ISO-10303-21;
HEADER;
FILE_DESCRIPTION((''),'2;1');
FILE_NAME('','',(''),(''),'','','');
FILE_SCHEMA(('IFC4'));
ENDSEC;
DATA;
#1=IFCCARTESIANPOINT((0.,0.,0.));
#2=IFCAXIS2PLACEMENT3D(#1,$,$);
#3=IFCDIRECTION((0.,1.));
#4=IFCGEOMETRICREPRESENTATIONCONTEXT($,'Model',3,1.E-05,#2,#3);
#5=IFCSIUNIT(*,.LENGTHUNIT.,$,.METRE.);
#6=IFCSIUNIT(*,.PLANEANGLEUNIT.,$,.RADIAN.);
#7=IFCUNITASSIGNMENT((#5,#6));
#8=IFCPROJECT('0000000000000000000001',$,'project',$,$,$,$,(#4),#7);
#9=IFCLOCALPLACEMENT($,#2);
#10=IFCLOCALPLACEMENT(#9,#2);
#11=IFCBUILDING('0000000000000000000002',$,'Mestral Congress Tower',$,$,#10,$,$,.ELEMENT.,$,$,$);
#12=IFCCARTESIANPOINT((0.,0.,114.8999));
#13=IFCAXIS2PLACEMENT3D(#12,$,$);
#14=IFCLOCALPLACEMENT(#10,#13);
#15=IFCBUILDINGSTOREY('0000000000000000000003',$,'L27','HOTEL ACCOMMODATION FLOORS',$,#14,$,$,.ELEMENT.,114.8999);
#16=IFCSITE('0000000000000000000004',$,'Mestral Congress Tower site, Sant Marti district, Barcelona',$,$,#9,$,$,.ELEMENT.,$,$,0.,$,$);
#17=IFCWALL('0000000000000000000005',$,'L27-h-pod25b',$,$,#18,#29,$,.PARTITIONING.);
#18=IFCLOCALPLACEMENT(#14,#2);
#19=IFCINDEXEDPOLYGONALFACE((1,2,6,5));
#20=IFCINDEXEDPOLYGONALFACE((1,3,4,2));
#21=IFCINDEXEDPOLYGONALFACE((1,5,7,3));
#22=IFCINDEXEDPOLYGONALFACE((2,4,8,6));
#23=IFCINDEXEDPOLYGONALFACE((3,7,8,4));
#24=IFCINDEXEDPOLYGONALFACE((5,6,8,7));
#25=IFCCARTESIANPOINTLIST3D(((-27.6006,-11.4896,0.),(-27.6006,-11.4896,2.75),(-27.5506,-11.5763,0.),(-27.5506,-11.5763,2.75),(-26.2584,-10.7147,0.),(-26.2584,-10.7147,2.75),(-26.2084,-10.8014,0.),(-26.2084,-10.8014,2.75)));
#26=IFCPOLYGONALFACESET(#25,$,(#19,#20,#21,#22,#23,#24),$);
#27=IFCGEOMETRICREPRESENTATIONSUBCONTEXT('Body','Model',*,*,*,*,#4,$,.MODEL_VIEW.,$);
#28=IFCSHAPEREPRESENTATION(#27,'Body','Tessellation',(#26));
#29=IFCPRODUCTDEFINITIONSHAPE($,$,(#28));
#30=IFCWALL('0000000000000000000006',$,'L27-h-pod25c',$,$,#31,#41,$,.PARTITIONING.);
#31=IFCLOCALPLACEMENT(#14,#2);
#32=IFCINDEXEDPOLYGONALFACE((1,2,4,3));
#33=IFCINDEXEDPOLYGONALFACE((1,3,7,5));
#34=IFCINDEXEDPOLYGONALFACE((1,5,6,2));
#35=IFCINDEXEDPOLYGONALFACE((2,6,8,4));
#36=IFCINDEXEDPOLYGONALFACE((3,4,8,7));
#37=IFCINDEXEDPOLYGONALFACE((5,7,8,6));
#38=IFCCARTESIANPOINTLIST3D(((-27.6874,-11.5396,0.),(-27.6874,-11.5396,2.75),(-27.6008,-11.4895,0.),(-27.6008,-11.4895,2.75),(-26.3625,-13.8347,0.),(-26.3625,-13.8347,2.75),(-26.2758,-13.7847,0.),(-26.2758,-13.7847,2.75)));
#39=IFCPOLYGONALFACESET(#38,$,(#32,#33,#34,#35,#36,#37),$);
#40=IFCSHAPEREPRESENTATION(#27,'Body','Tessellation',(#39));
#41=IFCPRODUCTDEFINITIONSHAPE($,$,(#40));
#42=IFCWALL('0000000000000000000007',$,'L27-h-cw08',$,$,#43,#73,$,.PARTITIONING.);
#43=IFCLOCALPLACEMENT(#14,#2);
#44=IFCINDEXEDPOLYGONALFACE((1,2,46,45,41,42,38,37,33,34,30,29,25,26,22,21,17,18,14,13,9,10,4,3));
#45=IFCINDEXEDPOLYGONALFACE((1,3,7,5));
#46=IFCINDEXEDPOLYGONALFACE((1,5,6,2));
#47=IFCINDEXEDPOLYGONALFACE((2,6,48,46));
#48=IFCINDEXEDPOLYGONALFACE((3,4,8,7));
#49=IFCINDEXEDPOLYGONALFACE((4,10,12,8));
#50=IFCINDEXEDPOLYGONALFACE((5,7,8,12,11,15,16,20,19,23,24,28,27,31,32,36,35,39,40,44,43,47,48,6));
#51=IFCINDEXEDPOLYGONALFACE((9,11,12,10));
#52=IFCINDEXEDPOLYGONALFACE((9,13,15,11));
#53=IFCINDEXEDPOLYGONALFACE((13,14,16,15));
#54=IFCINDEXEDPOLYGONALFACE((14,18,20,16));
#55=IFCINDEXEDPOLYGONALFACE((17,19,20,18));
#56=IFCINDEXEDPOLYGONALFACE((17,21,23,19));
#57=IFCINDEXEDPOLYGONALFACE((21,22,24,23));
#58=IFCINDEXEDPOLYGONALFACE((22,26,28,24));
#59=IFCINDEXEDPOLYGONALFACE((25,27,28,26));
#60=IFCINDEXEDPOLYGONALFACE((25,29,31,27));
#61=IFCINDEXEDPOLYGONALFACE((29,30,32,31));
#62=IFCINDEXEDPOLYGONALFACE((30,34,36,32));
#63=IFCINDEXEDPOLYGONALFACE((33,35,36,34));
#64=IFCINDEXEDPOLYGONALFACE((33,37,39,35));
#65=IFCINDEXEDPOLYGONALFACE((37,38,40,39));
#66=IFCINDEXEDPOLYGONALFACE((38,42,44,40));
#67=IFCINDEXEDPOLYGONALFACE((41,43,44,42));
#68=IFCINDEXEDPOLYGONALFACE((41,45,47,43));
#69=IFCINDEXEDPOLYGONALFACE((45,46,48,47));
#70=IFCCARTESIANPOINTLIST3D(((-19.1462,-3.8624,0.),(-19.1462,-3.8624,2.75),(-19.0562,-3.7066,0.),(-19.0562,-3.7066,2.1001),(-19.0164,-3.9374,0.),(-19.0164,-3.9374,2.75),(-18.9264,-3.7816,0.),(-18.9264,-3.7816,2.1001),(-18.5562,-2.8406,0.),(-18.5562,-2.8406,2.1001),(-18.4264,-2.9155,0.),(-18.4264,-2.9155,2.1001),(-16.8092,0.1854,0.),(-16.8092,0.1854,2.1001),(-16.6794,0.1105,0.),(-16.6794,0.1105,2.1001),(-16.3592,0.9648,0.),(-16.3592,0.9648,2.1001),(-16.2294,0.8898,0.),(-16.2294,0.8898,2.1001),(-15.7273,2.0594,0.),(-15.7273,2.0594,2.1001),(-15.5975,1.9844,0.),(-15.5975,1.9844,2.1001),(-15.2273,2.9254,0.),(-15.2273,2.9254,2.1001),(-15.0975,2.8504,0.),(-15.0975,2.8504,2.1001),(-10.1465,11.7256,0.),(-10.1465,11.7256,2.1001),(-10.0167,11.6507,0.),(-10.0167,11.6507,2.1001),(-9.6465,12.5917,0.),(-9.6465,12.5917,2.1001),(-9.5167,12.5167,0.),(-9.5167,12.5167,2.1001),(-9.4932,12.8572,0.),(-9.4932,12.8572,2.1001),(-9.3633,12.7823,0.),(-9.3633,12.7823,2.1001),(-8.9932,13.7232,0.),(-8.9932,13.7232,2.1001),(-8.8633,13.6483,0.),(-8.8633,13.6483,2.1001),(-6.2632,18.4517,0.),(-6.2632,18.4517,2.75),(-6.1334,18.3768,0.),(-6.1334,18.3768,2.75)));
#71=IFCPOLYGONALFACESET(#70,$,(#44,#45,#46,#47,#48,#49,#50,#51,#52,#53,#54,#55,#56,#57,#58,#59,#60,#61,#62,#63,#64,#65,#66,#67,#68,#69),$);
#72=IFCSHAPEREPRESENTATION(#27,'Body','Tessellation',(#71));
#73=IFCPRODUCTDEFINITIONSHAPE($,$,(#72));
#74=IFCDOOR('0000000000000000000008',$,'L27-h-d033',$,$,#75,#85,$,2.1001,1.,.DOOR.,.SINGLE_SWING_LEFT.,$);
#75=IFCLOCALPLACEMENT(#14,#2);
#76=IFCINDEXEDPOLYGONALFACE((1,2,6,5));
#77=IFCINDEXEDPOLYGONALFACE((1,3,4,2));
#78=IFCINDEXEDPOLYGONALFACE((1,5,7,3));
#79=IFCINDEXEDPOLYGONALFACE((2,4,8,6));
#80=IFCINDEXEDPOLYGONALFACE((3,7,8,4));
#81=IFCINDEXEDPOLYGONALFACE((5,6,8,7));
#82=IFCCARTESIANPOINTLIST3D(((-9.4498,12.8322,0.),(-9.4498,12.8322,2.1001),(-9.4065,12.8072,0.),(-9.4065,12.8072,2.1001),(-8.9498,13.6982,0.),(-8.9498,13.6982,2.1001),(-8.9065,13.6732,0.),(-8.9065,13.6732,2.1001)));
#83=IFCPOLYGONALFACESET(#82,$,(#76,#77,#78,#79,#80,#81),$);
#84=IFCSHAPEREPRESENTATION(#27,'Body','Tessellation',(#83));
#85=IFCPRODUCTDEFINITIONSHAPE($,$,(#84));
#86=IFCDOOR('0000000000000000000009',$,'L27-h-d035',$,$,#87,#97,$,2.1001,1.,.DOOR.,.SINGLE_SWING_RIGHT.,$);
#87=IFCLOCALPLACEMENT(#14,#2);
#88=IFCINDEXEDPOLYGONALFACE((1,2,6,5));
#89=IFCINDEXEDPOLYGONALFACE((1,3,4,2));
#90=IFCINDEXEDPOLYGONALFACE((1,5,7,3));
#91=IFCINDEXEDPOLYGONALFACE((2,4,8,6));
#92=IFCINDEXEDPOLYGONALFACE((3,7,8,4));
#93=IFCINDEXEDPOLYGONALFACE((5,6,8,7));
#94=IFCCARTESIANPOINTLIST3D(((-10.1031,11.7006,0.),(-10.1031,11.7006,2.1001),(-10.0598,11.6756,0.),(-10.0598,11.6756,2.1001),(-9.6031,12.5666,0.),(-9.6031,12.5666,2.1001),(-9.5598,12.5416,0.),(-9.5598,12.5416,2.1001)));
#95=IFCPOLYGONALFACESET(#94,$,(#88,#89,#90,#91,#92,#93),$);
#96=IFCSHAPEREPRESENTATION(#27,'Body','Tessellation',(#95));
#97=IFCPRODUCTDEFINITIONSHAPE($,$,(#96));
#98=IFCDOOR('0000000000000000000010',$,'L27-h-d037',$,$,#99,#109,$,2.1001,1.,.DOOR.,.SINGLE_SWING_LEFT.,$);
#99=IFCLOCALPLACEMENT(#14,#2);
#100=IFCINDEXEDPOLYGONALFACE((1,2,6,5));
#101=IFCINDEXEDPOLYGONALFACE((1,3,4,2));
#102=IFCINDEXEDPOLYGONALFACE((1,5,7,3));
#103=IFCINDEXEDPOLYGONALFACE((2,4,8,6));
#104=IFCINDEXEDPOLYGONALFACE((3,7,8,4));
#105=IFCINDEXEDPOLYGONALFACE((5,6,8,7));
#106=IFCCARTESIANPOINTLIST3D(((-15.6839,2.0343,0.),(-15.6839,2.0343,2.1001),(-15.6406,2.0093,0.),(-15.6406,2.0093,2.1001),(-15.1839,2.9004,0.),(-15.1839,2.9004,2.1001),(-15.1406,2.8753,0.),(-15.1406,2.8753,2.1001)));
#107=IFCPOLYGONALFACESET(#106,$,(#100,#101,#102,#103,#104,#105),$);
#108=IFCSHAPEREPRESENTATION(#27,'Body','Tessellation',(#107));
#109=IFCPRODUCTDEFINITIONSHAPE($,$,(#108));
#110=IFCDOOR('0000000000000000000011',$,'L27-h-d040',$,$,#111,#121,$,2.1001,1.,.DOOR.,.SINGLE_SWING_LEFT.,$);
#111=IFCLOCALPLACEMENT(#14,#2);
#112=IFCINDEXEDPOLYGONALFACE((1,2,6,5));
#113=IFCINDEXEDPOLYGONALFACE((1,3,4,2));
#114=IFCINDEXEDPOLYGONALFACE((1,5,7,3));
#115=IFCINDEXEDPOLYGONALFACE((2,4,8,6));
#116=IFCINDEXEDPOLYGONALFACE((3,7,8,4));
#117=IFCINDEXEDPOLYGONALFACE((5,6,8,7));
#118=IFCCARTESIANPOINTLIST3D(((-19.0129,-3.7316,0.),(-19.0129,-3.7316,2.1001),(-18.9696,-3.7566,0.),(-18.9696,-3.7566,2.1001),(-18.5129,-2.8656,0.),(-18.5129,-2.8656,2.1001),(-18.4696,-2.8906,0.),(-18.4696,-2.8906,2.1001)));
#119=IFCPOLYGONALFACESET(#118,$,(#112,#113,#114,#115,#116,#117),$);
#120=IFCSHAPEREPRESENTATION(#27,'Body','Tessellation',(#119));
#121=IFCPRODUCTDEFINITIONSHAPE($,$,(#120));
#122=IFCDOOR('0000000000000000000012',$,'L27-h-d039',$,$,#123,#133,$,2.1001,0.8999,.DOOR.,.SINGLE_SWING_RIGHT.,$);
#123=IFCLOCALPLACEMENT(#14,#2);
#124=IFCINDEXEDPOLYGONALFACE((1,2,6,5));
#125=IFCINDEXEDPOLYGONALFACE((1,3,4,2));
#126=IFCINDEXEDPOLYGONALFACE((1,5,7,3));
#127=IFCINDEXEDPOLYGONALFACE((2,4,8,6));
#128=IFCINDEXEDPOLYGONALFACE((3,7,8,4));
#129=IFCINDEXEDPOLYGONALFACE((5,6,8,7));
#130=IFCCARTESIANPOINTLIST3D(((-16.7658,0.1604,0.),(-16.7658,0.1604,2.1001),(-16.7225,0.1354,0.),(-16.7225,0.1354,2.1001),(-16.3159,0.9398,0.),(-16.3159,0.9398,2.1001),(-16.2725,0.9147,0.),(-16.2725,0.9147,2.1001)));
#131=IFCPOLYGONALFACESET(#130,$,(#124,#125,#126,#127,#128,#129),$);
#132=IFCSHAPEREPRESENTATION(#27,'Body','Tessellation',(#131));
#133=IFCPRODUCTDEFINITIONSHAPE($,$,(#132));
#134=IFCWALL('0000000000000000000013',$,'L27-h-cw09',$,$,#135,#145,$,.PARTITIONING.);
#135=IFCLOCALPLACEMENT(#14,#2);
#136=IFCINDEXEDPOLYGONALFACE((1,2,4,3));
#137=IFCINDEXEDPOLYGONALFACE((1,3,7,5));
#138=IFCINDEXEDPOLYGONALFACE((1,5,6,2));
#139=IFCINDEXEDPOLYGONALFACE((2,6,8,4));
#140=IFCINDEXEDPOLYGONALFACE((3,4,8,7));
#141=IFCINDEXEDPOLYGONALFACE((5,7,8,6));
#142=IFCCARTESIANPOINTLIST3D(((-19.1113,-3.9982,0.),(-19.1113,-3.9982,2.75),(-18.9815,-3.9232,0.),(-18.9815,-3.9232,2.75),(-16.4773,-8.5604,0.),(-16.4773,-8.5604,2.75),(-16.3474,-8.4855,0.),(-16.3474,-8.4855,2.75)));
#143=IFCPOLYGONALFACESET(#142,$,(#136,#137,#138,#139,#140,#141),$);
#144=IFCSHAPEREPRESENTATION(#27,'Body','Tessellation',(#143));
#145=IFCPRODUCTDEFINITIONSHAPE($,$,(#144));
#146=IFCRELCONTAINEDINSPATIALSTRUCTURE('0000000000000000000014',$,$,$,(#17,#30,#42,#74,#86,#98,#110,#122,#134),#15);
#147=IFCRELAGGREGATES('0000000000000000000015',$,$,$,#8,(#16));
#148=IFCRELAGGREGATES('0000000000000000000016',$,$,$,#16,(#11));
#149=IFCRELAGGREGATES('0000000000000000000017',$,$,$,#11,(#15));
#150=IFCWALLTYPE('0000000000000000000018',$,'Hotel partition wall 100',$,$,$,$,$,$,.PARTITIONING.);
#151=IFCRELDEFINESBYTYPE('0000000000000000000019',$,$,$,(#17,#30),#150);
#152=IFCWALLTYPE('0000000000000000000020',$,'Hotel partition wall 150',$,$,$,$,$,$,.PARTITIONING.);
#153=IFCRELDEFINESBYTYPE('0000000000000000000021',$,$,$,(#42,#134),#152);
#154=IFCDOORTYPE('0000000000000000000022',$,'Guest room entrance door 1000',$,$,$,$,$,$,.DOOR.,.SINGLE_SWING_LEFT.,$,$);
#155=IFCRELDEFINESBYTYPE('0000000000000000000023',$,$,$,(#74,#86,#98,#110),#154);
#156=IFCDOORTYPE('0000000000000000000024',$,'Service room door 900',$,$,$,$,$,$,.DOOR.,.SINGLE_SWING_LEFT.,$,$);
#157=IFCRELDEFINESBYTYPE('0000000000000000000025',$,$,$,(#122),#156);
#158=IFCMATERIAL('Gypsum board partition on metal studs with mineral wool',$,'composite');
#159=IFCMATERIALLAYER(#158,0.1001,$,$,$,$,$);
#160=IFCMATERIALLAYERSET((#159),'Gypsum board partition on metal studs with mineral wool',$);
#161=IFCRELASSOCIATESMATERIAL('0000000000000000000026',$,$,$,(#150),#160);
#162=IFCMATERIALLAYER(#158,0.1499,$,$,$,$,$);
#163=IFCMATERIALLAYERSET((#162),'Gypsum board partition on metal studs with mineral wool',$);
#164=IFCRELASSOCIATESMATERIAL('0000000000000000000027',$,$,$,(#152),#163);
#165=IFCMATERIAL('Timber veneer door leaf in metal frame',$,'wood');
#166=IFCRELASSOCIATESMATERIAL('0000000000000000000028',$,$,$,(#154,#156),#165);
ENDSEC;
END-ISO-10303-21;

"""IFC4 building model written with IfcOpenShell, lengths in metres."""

from ifc_helpers import new_model, si_unit, direction, frame, frame_2d, origin, place, context, subcontext, project, spatial, rectangle, extrude, material, layer, layer_set, type_object, element, fill, save


model = new_model("IFC4")

# Units and contexts
model_context = context("Model", 3, precision=1e-05, world=origin(), true_north=direction((0.0, 1.0)))
body_context = subcontext(model_context, "Body", "Model", "MODEL_VIEW")
ifc_project = project(units=[si_unit("LENGTHUNIT", "METRE"), si_unit("PLANEANGLEUNIT", "RADIAN")], contexts=[model_context])

# Site, building, storey
site_placement = place(None, origin())
site = spatial("IfcSite", under=ifc_project, at=site_placement, Name="Mestral Congress Tower site, Sant Marti district, Barcelona", CompositionType="ELEMENT", RefElevation=0.0)
building_placement = place(site_placement, origin())
building = spatial("IfcBuilding", under=site, at=building_placement, Name="Mestral Congress Tower", CompositionType="ELEMENT")
storey_placement = place(building_placement, frame((0.0, 0.0, 114.8999)))
storey = spatial("IfcBuildingStorey", under=building, at=storey_placement, Name="L27", Description="HOTEL ACCOMMODATION FLOORS", CompositionType="ELEMENT", Elevation=114.8999)

# Shared definitions
ifc_material_1 = material(Name="Gypsum board partition on metal studs with mineral wool", Category="composite")
ifc_layer_1 = layer(ifc_material_1, 0.1001)
ifc_layer_set_1 = layer_set([ifc_layer_1], Name="Gypsum board partition on metal studs with mineral wool")
wall_type_1 = type_object("IfcWallType", Name="Hotel partition wall 100", PredefinedType="PARTITIONING", material=ifc_layer_set_1)

# Walls
wall_1_placement = place(storey_placement, frame((-26.2334, -10.7581, 0.0), z_axis=(0.0, 0.0, 1.0), x_axis=(-0.866044, -0.499968, 0.0)))
element("IfcWall", 1, at=wall_1_placement, inside=storey, type_object=wall_type_1, Name="L27-h-pod25b", PredefinedType="PARTITIONING", context=body_context, shape_type="SweptSolid", body=[
    extrude(rectangle(XDim=1.5498, YDim=0.1001, at=frame_2d((0.7749, 0.0))), origin(), (0.0, 0.0, 1.0), 2.75),
])
wall_2_placement = place(storey_placement, frame((-26.3191, -13.8098, 0.0), z_axis=(0.0, 0.0, 1.0), x_axis=(-0.499954, 0.866052, 0.0)))
element("IfcWall", 2, at=wall_2_placement, inside=storey, type_object=wall_type_1, Name="L27-h-pod25c", PredefinedType="PARTITIONING", context=body_context, shape_type="SweptSolid", body=[
    extrude(rectangle(XDim=2.6501, YDim=0.1001, at=frame_2d((1.3252, 0.0))), origin(), (0.0, 0.0, 1.0), 2.75),
])

# Wall, openings, doors
ifc_layer_2 = layer(ifc_material_1, 0.1499)
ifc_layer_set_2 = layer_set([ifc_layer_2], Name="Gypsum board partition on metal studs with mineral wool")
wall_type_2 = type_object("IfcWallType", Name="Hotel partition wall 150", PredefinedType="PARTITIONING", material=ifc_layer_set_2)
wall_3_placement = place(storey_placement, frame((-19.0813, -3.8999, 0.0), z_axis=(0.0, 0.0, 1.0), x_axis=(0.499998, 0.866026, 0.0)))
wall_3 = element("IfcWall", 3, at=wall_3_placement, inside=storey, type_object=wall_type_2, Name="L27-h-cw08", PredefinedType="PARTITIONING", context=body_context, shape_type="SweptSolid", body=[
    extrude(rectangle(XDim=25.7661, YDim=0.1499, at=frame_2d((12.8831, 0.0))), origin(), (0.0, 0.0, 1.0), 2.75),
])
opening_1_placement = place(wall_3_placement, frame((19.3062, 0.0, 0.0)))
opening_1 = element("IfcOpeningElement", 4, at=opening_1_placement, cuts=wall_3, PredefinedType="OPENING", context=body_context, shape_type="SweptSolid", body=[
    extrude(rectangle(XDim=1.0, YDim=2.1001, at=frame_2d((0.5, 1.05))), frame((0.0, 0.085, 0.0), z_axis=(0.0, -1.0, 0.0), x_axis=(1.0, 0.0, 0.0)), (0.0, 0.0, 1.0), 0.1699),
])
opening_2_placement = place(wall_3_placement, frame((17.9995, 0.0, 0.0)))
opening_2 = element("IfcOpeningElement", 5, at=opening_2_placement, cuts=wall_3, PredefinedType="OPENING", context=body_context, shape_type="SweptSolid", body=[
    extrude(rectangle(XDim=1.0, YDim=2.1001, at=frame_2d((0.5, 1.05))), frame((0.0, 0.085, 0.0), z_axis=(0.0, -1.0, 0.0), x_axis=(1.0, 0.0, 0.0)), (0.0, 0.0, 1.0), 0.1699),
])
opening_3_placement = place(wall_3_placement, frame((6.8379, 0.0, 0.0)))
opening_3 = element("IfcOpeningElement", 6, at=opening_3_placement, cuts=wall_3, PredefinedType="OPENING", context=body_context, shape_type="SweptSolid", body=[
    extrude(rectangle(XDim=1.0, YDim=2.1001, at=frame_2d((0.5, 1.05))), frame((0.0, 0.085, 0.0), z_axis=(0.0, -1.0, 0.0), x_axis=(1.0, 0.0, 0.0)), (0.0, 0.0, 1.0), 0.1699),
])
opening_4_placement = place(wall_3_placement, frame((4.6741, 0.0, 0.0)))
opening_4 = element("IfcOpeningElement", 7, at=opening_4_placement, cuts=wall_3, PredefinedType="OPENING", context=body_context, shape_type="SweptSolid", body=[
    extrude(rectangle(XDim=0.8999, YDim=2.1001, at=frame_2d((0.45, 1.05))), frame((0.0, 0.085, 0.0), z_axis=(0.0, -1.0, 0.0), x_axis=(1.0, 0.0, 0.0)), (0.0, 0.0, 1.0), 0.1699),
])
opening_5_placement = place(wall_3_placement, frame((0.1799, 0.0, 0.0)))
opening_5 = element("IfcOpeningElement", 8, at=opening_5_placement, cuts=wall_3, PredefinedType="OPENING", context=body_context, shape_type="SweptSolid", body=[
    extrude(rectangle(XDim=1.0, YDim=2.1001, at=frame_2d((0.5, 1.05))), frame((0.0, 0.085, 0.0), z_axis=(0.0, -1.0, 0.0), x_axis=(1.0, 0.0, 0.0)), (0.0, 0.0, 1.0), 0.1699),
])
ifc_material_2 = material(Name="Timber veneer door leaf in metal frame", Category="wood")
door_type_1 = type_object("IfcDoorType", Name="Guest room entrance door 1000", OperationType="SINGLE_SWING_LEFT", PredefinedType="DOOR", material=ifc_material_2)
door_1_placement = place(opening_1_placement, origin())
door_1 = element("IfcDoor", 9, at=door_1_placement, inside=storey, type_object=door_type_1, Name="L27-h-d033", OperationType="SINGLE_SWING_LEFT", OverallHeight=2.1001, OverallWidth=1.0, PredefinedType="DOOR", context=body_context, shape_type="SweptSolid", body=[
    extrude(rectangle(XDim=1.0, YDim=2.1001, at=frame_2d((0.5, 1.05))), frame((0.0, 0.0249, 0.0), z_axis=(0.0, -1.0, 0.0), x_axis=(1.0, 0.0, 0.0)), (0.0, 0.0, 1.0), 0.05),
])
fill(opening_1, door_1)
door_2_placement = place(opening_2_placement, origin())
door_2 = element("IfcDoor", 10, at=door_2_placement, inside=storey, type_object=door_type_1, Name="L27-h-d035", OperationType="SINGLE_SWING_RIGHT", OverallHeight=2.1001, OverallWidth=1.0, PredefinedType="DOOR", context=body_context, shape_type="SweptSolid", body=[
    extrude(rectangle(XDim=1.0, YDim=2.1001, at=frame_2d((0.5, 1.05))), frame((0.0, 0.0249, 0.0), z_axis=(0.0, -1.0, 0.0), x_axis=(1.0, 0.0, 0.0)), (0.0, 0.0, 1.0), 0.05),
])
fill(opening_2, door_2)
door_3_placement = place(opening_3_placement, origin())
door_3 = element("IfcDoor", 11, at=door_3_placement, inside=storey, type_object=door_type_1, Name="L27-h-d037", OperationType="SINGLE_SWING_LEFT", OverallHeight=2.1001, OverallWidth=1.0, PredefinedType="DOOR", context=body_context, shape_type="SweptSolid", body=[
    extrude(rectangle(XDim=1.0, YDim=2.1001, at=frame_2d((0.5, 1.05))), frame((0.0, 0.0249, 0.0), z_axis=(0.0, -1.0, 0.0), x_axis=(1.0, 0.0, 0.0)), (0.0, 0.0, 1.0), 0.05),
])
fill(opening_3, door_3)
door_4_placement = place(opening_5_placement, origin())
door_4 = element("IfcDoor", 12, at=door_4_placement, inside=storey, type_object=door_type_1, Name="L27-h-d040", OperationType="SINGLE_SWING_LEFT", OverallHeight=2.1001, OverallWidth=1.0, PredefinedType="DOOR", context=body_context, shape_type="SweptSolid", body=[
    extrude(rectangle(XDim=1.0, YDim=2.1001, at=frame_2d((0.5, 1.05))), frame((0.0, 0.0249, 0.0), z_axis=(0.0, -1.0, 0.0), x_axis=(1.0, 0.0, 0.0)), (0.0, 0.0, 1.0), 0.05),
])
fill(opening_5, door_4)
door_type_2 = type_object("IfcDoorType", Name="Service room door 900", OperationType="SINGLE_SWING_LEFT", PredefinedType="DOOR", material=ifc_material_2)
door_5_placement = place(opening_4_placement, origin())
door_5 = element("IfcDoor", 13, at=door_5_placement, inside=storey, type_object=door_type_2, Name="L27-h-d039", OperationType="SINGLE_SWING_RIGHT", OverallHeight=2.1001, OverallWidth=0.8999, PredefinedType="DOOR", context=body_context, shape_type="SweptSolid", body=[
    extrude(rectangle(XDim=0.8999, YDim=2.1001, at=frame_2d((0.45, 1.05))), frame((0.0, 0.0249, 0.0), z_axis=(0.0, -1.0, 0.0), x_axis=(1.0, 0.0, 0.0)), (0.0, 0.0, 1.0), 0.05),
])
fill(opening_4, door_5)

# Wall
wall_4_placement = place(storey_placement, frame((-16.4124, -8.5229, 0.0), z_axis=(0.0, 0.0, 1.0), x_axis=(-0.500002, 0.866024, 0.0)))
element("IfcWall", 14, at=wall_4_placement, inside=storey, type_object=wall_type_2, Name="L27-h-cw09", PredefinedType="PARTITIONING", context=body_context, shape_type="SweptSolid", body=[
    extrude(rectangle(XDim=5.2681, YDim=0.1499, at=frame_2d((2.634, 0.0))), origin(), (0.0, 0.0, 1.0), 2.75),
])

save(model, "model.ifc")
